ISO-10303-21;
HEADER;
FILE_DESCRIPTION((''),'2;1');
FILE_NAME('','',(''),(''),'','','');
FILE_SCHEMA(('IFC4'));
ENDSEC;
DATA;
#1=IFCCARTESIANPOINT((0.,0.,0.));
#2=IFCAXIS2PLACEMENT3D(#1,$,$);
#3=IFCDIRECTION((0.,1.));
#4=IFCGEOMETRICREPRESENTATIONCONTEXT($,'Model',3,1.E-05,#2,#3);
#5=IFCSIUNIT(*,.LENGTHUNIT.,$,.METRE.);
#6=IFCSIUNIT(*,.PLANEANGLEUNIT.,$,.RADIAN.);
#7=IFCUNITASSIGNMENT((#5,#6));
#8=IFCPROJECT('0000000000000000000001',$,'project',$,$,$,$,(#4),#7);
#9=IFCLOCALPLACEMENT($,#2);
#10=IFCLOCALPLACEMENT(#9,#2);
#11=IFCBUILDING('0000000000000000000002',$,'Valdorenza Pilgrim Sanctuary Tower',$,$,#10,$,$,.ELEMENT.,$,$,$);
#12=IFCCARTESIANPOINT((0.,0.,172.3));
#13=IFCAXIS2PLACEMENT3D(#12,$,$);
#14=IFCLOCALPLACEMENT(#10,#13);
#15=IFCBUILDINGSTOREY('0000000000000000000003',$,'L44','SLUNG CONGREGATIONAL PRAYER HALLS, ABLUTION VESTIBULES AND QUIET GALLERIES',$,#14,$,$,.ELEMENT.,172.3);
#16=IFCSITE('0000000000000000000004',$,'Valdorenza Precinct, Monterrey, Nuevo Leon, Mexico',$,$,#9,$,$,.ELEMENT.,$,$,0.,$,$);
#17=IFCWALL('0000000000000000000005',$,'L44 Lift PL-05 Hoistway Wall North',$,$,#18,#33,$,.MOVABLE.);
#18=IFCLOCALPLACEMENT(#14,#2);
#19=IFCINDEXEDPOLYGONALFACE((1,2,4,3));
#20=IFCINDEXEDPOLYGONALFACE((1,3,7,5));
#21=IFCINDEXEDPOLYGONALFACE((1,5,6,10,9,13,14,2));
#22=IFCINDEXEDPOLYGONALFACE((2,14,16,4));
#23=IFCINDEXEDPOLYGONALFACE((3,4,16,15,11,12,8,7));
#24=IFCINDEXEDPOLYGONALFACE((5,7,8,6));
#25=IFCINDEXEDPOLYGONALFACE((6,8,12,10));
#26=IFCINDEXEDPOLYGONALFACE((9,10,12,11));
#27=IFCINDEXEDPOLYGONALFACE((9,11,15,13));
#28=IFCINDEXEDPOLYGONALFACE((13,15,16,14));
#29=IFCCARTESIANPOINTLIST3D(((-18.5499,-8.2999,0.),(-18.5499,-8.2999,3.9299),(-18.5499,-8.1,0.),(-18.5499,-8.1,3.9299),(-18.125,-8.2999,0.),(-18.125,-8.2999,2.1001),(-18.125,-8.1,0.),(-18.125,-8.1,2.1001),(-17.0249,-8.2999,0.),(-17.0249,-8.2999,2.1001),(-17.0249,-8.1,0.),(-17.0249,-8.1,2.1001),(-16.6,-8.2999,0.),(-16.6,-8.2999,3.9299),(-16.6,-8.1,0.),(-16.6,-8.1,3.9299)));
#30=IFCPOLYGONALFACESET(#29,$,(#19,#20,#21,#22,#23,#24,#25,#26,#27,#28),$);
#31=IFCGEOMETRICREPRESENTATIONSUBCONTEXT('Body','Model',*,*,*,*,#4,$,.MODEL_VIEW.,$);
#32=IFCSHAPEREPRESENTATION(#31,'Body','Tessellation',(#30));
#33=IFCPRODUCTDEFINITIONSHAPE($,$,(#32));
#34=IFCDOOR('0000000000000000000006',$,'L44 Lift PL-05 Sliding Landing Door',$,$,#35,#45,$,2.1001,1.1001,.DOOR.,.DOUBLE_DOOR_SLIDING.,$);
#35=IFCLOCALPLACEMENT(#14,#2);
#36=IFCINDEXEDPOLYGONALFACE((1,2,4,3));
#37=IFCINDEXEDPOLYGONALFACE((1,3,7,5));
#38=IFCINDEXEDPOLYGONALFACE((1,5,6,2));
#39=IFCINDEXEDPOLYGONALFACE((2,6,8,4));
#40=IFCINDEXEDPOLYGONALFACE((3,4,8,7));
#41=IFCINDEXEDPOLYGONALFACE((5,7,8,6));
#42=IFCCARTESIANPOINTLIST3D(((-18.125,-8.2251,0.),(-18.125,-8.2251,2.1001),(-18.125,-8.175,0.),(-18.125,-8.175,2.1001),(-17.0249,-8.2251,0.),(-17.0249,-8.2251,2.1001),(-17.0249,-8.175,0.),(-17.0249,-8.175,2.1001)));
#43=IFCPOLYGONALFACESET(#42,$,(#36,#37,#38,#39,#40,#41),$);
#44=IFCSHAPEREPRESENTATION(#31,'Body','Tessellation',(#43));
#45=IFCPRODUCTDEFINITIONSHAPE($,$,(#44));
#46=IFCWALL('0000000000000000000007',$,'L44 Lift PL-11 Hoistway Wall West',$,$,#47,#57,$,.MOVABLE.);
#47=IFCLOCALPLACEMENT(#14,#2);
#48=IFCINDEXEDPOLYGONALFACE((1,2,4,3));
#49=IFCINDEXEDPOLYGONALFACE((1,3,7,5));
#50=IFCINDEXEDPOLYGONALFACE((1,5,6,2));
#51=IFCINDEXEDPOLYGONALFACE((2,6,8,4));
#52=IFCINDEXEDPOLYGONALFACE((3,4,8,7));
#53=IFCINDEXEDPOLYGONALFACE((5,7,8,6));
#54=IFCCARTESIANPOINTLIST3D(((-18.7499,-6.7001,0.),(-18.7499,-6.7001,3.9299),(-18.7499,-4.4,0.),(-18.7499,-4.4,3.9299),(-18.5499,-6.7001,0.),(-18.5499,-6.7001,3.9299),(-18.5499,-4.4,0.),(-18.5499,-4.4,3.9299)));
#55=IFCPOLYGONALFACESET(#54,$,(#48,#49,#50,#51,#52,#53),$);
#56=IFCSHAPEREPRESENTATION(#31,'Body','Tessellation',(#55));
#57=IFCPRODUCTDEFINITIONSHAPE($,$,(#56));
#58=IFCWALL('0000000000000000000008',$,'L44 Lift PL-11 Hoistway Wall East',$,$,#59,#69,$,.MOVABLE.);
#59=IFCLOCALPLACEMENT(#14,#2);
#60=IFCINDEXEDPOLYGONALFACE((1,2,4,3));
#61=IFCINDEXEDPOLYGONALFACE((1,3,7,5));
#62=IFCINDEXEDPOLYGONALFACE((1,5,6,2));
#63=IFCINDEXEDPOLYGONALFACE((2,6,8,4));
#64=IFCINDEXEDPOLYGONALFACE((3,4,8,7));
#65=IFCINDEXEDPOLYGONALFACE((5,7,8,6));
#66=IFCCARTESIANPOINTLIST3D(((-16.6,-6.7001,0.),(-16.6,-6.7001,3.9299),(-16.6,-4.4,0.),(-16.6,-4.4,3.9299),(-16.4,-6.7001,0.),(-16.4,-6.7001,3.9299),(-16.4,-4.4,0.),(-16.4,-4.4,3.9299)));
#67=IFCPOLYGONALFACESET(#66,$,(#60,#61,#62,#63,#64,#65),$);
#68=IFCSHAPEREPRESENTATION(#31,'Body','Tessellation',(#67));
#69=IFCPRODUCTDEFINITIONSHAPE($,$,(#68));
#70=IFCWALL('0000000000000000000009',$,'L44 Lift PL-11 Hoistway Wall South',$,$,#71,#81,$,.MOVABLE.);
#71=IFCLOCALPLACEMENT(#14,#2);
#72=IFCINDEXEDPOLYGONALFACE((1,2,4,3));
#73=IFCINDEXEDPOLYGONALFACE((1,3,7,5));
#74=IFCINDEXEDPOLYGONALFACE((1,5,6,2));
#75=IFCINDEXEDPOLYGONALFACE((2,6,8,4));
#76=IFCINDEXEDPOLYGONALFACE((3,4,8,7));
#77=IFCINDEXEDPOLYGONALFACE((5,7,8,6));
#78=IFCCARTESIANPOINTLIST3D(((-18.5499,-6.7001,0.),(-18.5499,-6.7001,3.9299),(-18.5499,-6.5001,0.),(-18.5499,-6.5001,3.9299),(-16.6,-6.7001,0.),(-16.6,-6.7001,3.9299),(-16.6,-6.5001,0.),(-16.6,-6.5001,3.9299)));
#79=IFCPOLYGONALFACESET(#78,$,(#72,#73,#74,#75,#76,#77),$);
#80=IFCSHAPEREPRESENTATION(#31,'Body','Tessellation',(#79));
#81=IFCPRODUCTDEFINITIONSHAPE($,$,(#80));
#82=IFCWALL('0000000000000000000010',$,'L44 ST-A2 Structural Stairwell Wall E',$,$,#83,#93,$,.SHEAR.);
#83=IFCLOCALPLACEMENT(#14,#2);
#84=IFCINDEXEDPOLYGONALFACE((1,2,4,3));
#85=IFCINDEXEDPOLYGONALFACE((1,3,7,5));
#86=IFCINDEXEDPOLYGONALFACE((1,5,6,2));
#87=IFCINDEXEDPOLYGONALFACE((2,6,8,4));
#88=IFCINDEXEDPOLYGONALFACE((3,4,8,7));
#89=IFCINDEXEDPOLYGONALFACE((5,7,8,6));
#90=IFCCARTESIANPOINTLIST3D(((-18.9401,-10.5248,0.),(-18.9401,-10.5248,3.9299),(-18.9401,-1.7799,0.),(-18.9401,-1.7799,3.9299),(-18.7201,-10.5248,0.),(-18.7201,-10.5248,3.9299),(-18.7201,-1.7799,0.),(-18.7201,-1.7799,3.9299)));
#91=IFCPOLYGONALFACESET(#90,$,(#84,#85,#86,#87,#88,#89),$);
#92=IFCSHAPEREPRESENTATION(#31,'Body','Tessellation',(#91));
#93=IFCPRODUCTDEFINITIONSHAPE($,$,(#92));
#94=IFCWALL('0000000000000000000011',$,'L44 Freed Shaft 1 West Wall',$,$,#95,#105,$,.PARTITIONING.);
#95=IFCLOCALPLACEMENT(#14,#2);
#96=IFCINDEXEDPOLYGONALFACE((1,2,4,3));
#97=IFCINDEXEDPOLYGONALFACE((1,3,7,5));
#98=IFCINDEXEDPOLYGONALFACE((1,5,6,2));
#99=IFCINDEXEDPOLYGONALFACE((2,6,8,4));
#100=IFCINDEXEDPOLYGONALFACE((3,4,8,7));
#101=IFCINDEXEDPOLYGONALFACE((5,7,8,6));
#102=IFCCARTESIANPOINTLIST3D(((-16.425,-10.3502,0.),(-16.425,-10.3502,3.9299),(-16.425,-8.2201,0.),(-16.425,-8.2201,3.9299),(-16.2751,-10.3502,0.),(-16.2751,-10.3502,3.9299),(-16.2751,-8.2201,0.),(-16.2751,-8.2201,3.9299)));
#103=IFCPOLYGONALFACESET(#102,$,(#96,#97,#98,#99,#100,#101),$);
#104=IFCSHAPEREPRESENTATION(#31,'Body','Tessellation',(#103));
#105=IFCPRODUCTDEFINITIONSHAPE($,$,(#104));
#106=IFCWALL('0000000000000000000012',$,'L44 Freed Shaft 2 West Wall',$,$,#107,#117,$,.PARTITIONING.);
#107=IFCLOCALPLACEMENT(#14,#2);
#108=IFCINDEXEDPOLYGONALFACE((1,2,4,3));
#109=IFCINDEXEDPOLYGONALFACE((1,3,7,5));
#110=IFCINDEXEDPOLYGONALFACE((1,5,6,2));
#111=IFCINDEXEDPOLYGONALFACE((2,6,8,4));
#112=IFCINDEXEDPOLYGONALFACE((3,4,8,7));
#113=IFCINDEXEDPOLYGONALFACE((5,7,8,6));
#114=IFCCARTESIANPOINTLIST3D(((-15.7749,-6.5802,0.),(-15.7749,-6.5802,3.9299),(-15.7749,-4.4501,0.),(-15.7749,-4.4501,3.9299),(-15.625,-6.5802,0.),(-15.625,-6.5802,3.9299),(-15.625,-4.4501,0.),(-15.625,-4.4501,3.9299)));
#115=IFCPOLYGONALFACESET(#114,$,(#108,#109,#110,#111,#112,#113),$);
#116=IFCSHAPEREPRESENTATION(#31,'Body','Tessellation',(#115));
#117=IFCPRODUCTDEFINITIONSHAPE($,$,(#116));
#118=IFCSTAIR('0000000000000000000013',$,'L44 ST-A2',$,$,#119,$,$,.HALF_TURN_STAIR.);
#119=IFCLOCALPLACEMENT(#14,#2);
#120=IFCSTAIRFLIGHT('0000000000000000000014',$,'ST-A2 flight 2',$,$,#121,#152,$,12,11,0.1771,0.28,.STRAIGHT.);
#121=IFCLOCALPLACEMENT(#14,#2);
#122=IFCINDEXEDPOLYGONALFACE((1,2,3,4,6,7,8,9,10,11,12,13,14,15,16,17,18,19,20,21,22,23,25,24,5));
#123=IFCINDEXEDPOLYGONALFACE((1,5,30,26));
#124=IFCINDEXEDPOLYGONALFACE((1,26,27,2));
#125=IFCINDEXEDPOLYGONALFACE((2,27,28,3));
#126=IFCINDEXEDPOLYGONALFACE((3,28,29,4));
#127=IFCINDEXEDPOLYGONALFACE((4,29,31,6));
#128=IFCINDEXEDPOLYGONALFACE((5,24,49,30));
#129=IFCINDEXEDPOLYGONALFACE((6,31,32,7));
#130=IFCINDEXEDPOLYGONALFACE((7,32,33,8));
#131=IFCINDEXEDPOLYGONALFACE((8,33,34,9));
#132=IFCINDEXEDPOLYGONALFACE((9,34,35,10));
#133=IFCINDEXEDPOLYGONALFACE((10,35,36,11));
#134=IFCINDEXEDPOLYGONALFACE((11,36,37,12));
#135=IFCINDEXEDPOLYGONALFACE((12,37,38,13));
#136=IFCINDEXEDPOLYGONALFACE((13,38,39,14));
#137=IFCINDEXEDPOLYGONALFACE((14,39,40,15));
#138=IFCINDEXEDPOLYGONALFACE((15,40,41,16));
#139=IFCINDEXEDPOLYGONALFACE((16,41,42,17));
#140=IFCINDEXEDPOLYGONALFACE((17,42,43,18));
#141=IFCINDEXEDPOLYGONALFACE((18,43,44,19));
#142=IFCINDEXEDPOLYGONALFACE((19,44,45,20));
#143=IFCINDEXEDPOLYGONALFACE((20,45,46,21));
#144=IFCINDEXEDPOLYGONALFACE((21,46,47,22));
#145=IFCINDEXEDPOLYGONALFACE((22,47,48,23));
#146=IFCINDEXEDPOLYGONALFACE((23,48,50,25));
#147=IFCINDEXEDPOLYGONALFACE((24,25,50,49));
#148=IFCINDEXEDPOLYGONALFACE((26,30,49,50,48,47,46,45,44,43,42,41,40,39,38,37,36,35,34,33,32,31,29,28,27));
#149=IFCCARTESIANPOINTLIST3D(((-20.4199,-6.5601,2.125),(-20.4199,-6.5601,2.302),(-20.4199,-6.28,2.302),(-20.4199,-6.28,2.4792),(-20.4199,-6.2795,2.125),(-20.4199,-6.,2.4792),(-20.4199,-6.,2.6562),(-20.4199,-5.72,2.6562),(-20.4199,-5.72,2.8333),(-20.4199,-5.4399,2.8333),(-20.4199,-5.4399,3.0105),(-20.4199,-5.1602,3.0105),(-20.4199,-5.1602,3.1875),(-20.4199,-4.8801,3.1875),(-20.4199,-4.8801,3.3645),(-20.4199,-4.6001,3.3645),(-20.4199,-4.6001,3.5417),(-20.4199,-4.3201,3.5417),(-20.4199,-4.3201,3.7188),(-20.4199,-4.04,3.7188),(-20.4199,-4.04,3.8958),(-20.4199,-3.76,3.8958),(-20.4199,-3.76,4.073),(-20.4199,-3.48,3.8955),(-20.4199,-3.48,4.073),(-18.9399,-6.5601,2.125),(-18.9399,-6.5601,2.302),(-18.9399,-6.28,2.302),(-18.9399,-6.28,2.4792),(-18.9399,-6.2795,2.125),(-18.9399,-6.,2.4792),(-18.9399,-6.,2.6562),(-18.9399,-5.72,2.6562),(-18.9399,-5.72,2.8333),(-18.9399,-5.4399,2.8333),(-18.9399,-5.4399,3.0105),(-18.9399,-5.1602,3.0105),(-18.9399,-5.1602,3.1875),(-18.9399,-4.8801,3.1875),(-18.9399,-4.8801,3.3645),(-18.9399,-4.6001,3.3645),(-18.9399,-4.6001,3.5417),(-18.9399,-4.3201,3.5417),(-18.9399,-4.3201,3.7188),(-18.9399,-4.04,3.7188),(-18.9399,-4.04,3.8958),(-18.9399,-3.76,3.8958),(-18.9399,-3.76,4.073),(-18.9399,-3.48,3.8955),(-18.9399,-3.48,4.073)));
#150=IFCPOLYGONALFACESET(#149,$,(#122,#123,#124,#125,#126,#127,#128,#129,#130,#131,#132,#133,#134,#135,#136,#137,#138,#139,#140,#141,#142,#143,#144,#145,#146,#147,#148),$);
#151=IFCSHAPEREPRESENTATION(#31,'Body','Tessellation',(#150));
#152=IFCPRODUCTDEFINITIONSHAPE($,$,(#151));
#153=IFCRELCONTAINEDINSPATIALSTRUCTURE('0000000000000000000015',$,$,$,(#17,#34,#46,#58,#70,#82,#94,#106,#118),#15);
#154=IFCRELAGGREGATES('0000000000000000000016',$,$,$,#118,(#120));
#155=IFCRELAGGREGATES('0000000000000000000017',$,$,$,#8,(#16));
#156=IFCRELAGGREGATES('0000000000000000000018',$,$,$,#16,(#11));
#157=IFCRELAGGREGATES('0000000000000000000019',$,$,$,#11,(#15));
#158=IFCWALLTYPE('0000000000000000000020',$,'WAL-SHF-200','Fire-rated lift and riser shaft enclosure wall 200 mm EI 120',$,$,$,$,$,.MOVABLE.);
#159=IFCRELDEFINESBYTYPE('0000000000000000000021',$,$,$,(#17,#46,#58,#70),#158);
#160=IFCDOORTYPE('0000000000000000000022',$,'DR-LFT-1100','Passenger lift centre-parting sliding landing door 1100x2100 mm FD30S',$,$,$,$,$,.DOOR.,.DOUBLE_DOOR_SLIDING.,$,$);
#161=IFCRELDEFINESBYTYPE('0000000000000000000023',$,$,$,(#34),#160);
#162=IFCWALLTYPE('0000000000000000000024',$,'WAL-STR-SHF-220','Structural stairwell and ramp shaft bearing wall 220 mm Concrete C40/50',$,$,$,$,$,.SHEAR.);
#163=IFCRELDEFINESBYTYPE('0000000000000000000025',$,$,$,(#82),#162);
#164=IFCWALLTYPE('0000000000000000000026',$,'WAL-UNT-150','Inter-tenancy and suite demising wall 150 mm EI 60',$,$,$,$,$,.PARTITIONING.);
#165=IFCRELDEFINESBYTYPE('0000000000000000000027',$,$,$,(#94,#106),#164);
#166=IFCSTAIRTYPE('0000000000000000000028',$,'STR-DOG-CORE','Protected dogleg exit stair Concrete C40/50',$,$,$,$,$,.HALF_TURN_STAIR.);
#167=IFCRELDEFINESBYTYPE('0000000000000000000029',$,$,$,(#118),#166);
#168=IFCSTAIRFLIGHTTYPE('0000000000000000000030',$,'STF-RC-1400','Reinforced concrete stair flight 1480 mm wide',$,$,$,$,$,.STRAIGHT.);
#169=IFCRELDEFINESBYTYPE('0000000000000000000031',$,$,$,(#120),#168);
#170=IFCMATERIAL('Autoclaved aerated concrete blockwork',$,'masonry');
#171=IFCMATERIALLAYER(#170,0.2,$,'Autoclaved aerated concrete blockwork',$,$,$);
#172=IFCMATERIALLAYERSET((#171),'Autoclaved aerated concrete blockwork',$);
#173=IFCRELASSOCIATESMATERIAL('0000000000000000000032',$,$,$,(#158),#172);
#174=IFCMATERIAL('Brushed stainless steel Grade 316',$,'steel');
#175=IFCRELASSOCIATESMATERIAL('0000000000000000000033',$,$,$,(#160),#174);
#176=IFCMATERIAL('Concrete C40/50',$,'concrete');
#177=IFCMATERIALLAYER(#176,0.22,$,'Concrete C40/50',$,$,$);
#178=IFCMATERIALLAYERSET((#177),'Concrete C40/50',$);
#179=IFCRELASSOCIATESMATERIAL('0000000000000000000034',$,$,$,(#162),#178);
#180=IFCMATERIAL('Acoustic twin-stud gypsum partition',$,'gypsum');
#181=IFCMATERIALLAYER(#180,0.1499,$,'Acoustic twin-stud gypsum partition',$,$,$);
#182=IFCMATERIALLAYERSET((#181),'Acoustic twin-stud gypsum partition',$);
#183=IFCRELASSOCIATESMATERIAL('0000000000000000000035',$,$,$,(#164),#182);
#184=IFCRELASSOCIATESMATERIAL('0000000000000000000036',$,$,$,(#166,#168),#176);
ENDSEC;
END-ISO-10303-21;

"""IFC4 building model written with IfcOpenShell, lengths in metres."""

from ifc_helpers import new_model, si_unit, direction, frame, frame_2d, origin, place, context, subcontext, project, spatial, polyline, rectangle, outline, extrude, material, layer, layer_set, type_object, element, fill, aggregate, save


model = new_model("IFC4")

# Units and contexts
model_context = context("Model", 3, precision=1e-05, world=origin(), true_north=direction((0.0, 1.0)))
body_context = subcontext(model_context, "Body", "Model", "MODEL_VIEW")
ifc_project = project(units=[si_unit("LENGTHUNIT", "METRE"), si_unit("PLANEANGLEUNIT", "RADIAN")], contexts=[model_context])

# Site, building, storey
site_placement = place(None, origin())
site = spatial("IfcSite", under=ifc_project, at=site_placement, Name="Valdorenza Precinct, Monterrey, Nuevo Leon, Mexico", CompositionType="ELEMENT", RefElevation=0.0)
building_placement = place(site_placement, origin())
building = spatial("IfcBuilding", under=site, at=building_placement, Name="Valdorenza Pilgrim Sanctuary Tower", CompositionType="ELEMENT")
storey_placement = place(building_placement, frame((0.0, 0.0, 172.3)))
storey = spatial("IfcBuildingStorey", under=building, at=storey_placement, Name="L44", Description="SLUNG CONGREGATIONAL PRAYER HALLS, ABLUTION VESTIBULES AND QUIET GALLERIES", CompositionType="ELEMENT", Elevation=172.3)

# Shared definitions
ifc_material_1 = material(Name="Acoustic twin-stud gypsum partition", Category="gypsum")

# Shared definitions
ifc_material_2 = material(Name="Autoclaved aerated concrete blockwork", Category="masonry")
ifc_layer_1 = layer(ifc_material_2, 0.2, Name="Autoclaved aerated concrete blockwork")
ifc_layer_set_1 = layer_set([ifc_layer_1], Name="Autoclaved aerated concrete blockwork")
wall_type_1 = type_object("IfcWallType", Name="WAL-SHF-200", Description="Fire-rated lift and riser shaft enclosure wall 200 mm EI 120", PredefinedType="MOVABLE", material=ifc_layer_set_1)

# Wall, opening, door
wall_1_placement = place(storey_placement, frame((-18.55, -8.2, 0.0), z_axis=(0.0, 0.0, 1.0), x_axis=(1.0, 0.0, 0.0)))
wall_1 = element("IfcWall", 1, at=wall_1_placement, inside=storey, type_object=wall_type_1, Name="L44 Lift PL-05 Hoistway Wall North", PredefinedType="MOVABLE", context=body_context, shape_type="SweptSolid", body=[
    extrude(rectangle(XDim=1.95, YDim=0.2, at=frame_2d((0.9751, 0.0))), origin(), (0.0, 0.0, 1.0), 3.9299),
])
opening_1_placement = place(wall_1_placement, frame((0.425, 0.0, 0.0)))
opening_1 = element("IfcOpeningElement", 2, at=opening_1_placement, cuts=wall_1, PredefinedType="OPENING", context=body_context, shape_type="SweptSolid", body=[
    extrude(rectangle(XDim=1.1001, YDim=2.1001, at=frame_2d((0.55, 1.05))), frame((0.0, 0.1147, 0.0), z_axis=(0.0, -1.0, 0.0), x_axis=(1.0, 0.0, 0.0)), (0.0, 0.0, 1.0), 0.2297),
])
ifc_material_3 = material(Name="Brushed stainless steel Grade 316", Category="steel")
door_type_1 = type_object("IfcDoorType", Name="DR-LFT-1100", Description="Passenger lift centre-parting sliding landing door 1100x2100 mm FD30S", OperationType="DOUBLE_DOOR_SLIDING", PredefinedType="DOOR", material=ifc_material_3)
door_1_placement = place(opening_1_placement, origin())
door_1 = element("IfcDoor", 3, at=door_1_placement, inside=storey, type_object=door_type_1, Name="L44 Lift PL-05 Sliding Landing Door", OperationType="DOUBLE_DOOR_SLIDING", OverallHeight=2.1001, OverallWidth=1.1001, PredefinedType="DOOR", context=body_context, shape_type="SweptSolid", body=[
    extrude(rectangle(XDim=1.1001, YDim=2.1001, at=frame_2d((0.55, 1.05))), frame((0.0, 0.0249, 0.0), z_axis=(0.0, -1.0, 0.0), x_axis=(1.0, 0.0, 0.0)), (0.0, 0.0, 1.0), 0.05),
])
fill(opening_1, door_1)

# Walls
for number, where, z_axis, x_axis, name in (
    (4, (-18.6499, -6.7, 0.0), (0.0, 0.0, 1.0), (0.0, 1.0, 0.0), "L44 Lift PL-11 Hoistway Wall West"),
    (5, (-16.5, -6.7, 0.0), (0.0, 0.0, 1.0), (0.0, 1.0, 0.0), "L44 Lift PL-11 Hoistway Wall East"),
):
    element("IfcWall", number, at=place(storey_placement, frame(where, z_axis=z_axis, x_axis=x_axis)), inside=storey, type_object=wall_type_1, Name=name, PredefinedType="MOVABLE", context=body_context, shape_type="SweptSolid", body=[
        extrude(rectangle(XDim=2.3, YDim=0.2, at=frame_2d((1.1499, 0.0))), origin(), (0.0, 0.0, 1.0), 3.9299),
    ])
wall_2_placement = place(storey_placement, frame((-18.55, -6.6001, 0.0), z_axis=(0.0, 0.0, 1.0), x_axis=(1.0, 0.0, 0.0)))
element("IfcWall", 6, at=wall_2_placement, inside=storey, type_object=wall_type_1, Name="L44 Lift PL-11 Hoistway Wall South", PredefinedType="MOVABLE", context=body_context, shape_type="SweptSolid", body=[
    extrude(rectangle(XDim=1.95, YDim=0.2, at=frame_2d((0.9751, 0.0))), origin(), (0.0, 0.0, 1.0), 3.9299),
])
ifc_material_4 = material(Name="Concrete C40/50", Category="concrete")
ifc_layer_2 = layer(ifc_material_4, 0.22, Name="Concrete C40/50")
ifc_layer_set_2 = layer_set([ifc_layer_2], Name="Concrete C40/50")
wall_type_2 = type_object("IfcWallType", Name="WAL-STR-SHF-220", Description="Structural stairwell and ramp shaft bearing wall 220 mm Concrete C40/50", PredefinedType="SHEAR", material=ifc_layer_set_2)
wall_3_placement = place(storey_placement, frame((-18.8301, -10.5249, 0.0), z_axis=(0.0, 0.0, 1.0), x_axis=(0.0, 1.0, 0.0)))
element("IfcWall", 7, at=wall_3_placement, inside=storey, type_object=wall_type_2, Name="L44 ST-A2 Structural Stairwell Wall E", PredefinedType="SHEAR", context=body_context, shape_type="SweptSolid", body=[
    extrude(rectangle(XDim=8.7449, YDim=0.22, at=frame_2d((4.3726, 0.0))), origin(), (0.0, 0.0, 1.0), 3.9299),
])
ifc_layer_3 = layer(ifc_material_1, 0.1499, Name="Acoustic twin-stud gypsum partition")
ifc_layer_set_3 = layer_set([ifc_layer_3], Name="Acoustic twin-stud gypsum partition")
wall_type_3 = type_object("IfcWallType", Name="WAL-UNT-150", Description="Inter-tenancy and suite demising wall 150 mm EI 60", PredefinedType="PARTITIONING", material=ifc_layer_set_3)
for number, where, z_axis, x_axis, name in (
    (8, (-16.3501, -10.3501, 0.0), (0.0, 0.0, 1.0), (0.0, 1.0, 0.0), "L44 Freed Shaft 1 West Wall"),
    (9, (-15.7, -6.5801, 0.0), (0.0, 0.0, 1.0), (0.0, 1.0, 0.0), "L44 Freed Shaft 2 West Wall"),
):
    element("IfcWall", number, at=place(storey_placement, frame(where, z_axis=z_axis, x_axis=x_axis)), inside=storey, type_object=wall_type_3, Name=name, PredefinedType="PARTITIONING", context=body_context, shape_type="SweptSolid", body=[
        extrude(rectangle(XDim=2.1301, YDim=0.1499, at=frame_2d((1.0649, 0.0))), origin(), (0.0, 0.0, 1.0), 3.9299),
    ])

# Stair, stair flight
stair_type = type_object("IfcStairType", Name="STR-DOG-CORE", Description="Protected dogleg exit stair Concrete C40/50", PredefinedType="HALF_TURN_STAIR", material=ifc_material_4)
stair_placement = place(storey_placement, origin())
stair = element("IfcStair", 10, at=stair_placement, inside=storey, type_object=stair_type, Name="L44 ST-A2", PredefinedType="HALF_TURN_STAIR")
stair_flight_type = type_object("IfcStairFlightType", Name="STF-RC-1400", Description="Reinforced concrete stair flight 1480 mm wide", PredefinedType="STRAIGHT", material=ifc_material_4)
stair_flight_placement = place(storey_placement, frame((-19.6799, -6.5601, 2.125), z_axis=(0.0, 0.0, 1.0), x_axis=(0.0, 1.0, 0.0)))
stair_flight = element("IfcStairFlight", 11, at=stair_flight_placement, type_object=stair_flight_type, Name="ST-A2 flight 2", NumberOfRisers=12, NumberOfTreads=11, PredefinedType="STRAIGHT", RiserHeight=0.1771, TreadLength=0.28, context=body_context, shape_type="SweptSolid", body=[
    extrude(outline(polyline([(0.0, 0.0), (0.0, 0.177), (0.28, 0.177), (0.28, 0.3542), (0.5601, 0.3542), (0.5601, 0.5312), (0.8401, 0.5312), (0.8401, 0.7083), (1.1201, 0.7083), (1.1201, 0.8855), (1.3999, 0.8855), (1.3999, 1.0625), (1.6799, 1.0625), (1.6799, 1.2395), (1.96, 1.2395), (1.96, 1.4167), (2.24, 1.4167), (2.24, 1.5938), (2.52, 1.5938), (2.52, 1.7708), (2.8, 1.7708), (2.8, 1.948), (3.0801, 1.948), (3.0801, 2.125), (3.0801, 1.7705), (0.2805, 0.0), (0.0, 0.0)])), frame((0.0, 0.74, 0.0), z_axis=(0.0, -1.0, 0.0), x_axis=(1.0, 0.0, 0.0)), (0.0, 0.0, 1.0), 1.48),
])
aggregate(stair, [stair_flight])

save(model, "model.ifc")
